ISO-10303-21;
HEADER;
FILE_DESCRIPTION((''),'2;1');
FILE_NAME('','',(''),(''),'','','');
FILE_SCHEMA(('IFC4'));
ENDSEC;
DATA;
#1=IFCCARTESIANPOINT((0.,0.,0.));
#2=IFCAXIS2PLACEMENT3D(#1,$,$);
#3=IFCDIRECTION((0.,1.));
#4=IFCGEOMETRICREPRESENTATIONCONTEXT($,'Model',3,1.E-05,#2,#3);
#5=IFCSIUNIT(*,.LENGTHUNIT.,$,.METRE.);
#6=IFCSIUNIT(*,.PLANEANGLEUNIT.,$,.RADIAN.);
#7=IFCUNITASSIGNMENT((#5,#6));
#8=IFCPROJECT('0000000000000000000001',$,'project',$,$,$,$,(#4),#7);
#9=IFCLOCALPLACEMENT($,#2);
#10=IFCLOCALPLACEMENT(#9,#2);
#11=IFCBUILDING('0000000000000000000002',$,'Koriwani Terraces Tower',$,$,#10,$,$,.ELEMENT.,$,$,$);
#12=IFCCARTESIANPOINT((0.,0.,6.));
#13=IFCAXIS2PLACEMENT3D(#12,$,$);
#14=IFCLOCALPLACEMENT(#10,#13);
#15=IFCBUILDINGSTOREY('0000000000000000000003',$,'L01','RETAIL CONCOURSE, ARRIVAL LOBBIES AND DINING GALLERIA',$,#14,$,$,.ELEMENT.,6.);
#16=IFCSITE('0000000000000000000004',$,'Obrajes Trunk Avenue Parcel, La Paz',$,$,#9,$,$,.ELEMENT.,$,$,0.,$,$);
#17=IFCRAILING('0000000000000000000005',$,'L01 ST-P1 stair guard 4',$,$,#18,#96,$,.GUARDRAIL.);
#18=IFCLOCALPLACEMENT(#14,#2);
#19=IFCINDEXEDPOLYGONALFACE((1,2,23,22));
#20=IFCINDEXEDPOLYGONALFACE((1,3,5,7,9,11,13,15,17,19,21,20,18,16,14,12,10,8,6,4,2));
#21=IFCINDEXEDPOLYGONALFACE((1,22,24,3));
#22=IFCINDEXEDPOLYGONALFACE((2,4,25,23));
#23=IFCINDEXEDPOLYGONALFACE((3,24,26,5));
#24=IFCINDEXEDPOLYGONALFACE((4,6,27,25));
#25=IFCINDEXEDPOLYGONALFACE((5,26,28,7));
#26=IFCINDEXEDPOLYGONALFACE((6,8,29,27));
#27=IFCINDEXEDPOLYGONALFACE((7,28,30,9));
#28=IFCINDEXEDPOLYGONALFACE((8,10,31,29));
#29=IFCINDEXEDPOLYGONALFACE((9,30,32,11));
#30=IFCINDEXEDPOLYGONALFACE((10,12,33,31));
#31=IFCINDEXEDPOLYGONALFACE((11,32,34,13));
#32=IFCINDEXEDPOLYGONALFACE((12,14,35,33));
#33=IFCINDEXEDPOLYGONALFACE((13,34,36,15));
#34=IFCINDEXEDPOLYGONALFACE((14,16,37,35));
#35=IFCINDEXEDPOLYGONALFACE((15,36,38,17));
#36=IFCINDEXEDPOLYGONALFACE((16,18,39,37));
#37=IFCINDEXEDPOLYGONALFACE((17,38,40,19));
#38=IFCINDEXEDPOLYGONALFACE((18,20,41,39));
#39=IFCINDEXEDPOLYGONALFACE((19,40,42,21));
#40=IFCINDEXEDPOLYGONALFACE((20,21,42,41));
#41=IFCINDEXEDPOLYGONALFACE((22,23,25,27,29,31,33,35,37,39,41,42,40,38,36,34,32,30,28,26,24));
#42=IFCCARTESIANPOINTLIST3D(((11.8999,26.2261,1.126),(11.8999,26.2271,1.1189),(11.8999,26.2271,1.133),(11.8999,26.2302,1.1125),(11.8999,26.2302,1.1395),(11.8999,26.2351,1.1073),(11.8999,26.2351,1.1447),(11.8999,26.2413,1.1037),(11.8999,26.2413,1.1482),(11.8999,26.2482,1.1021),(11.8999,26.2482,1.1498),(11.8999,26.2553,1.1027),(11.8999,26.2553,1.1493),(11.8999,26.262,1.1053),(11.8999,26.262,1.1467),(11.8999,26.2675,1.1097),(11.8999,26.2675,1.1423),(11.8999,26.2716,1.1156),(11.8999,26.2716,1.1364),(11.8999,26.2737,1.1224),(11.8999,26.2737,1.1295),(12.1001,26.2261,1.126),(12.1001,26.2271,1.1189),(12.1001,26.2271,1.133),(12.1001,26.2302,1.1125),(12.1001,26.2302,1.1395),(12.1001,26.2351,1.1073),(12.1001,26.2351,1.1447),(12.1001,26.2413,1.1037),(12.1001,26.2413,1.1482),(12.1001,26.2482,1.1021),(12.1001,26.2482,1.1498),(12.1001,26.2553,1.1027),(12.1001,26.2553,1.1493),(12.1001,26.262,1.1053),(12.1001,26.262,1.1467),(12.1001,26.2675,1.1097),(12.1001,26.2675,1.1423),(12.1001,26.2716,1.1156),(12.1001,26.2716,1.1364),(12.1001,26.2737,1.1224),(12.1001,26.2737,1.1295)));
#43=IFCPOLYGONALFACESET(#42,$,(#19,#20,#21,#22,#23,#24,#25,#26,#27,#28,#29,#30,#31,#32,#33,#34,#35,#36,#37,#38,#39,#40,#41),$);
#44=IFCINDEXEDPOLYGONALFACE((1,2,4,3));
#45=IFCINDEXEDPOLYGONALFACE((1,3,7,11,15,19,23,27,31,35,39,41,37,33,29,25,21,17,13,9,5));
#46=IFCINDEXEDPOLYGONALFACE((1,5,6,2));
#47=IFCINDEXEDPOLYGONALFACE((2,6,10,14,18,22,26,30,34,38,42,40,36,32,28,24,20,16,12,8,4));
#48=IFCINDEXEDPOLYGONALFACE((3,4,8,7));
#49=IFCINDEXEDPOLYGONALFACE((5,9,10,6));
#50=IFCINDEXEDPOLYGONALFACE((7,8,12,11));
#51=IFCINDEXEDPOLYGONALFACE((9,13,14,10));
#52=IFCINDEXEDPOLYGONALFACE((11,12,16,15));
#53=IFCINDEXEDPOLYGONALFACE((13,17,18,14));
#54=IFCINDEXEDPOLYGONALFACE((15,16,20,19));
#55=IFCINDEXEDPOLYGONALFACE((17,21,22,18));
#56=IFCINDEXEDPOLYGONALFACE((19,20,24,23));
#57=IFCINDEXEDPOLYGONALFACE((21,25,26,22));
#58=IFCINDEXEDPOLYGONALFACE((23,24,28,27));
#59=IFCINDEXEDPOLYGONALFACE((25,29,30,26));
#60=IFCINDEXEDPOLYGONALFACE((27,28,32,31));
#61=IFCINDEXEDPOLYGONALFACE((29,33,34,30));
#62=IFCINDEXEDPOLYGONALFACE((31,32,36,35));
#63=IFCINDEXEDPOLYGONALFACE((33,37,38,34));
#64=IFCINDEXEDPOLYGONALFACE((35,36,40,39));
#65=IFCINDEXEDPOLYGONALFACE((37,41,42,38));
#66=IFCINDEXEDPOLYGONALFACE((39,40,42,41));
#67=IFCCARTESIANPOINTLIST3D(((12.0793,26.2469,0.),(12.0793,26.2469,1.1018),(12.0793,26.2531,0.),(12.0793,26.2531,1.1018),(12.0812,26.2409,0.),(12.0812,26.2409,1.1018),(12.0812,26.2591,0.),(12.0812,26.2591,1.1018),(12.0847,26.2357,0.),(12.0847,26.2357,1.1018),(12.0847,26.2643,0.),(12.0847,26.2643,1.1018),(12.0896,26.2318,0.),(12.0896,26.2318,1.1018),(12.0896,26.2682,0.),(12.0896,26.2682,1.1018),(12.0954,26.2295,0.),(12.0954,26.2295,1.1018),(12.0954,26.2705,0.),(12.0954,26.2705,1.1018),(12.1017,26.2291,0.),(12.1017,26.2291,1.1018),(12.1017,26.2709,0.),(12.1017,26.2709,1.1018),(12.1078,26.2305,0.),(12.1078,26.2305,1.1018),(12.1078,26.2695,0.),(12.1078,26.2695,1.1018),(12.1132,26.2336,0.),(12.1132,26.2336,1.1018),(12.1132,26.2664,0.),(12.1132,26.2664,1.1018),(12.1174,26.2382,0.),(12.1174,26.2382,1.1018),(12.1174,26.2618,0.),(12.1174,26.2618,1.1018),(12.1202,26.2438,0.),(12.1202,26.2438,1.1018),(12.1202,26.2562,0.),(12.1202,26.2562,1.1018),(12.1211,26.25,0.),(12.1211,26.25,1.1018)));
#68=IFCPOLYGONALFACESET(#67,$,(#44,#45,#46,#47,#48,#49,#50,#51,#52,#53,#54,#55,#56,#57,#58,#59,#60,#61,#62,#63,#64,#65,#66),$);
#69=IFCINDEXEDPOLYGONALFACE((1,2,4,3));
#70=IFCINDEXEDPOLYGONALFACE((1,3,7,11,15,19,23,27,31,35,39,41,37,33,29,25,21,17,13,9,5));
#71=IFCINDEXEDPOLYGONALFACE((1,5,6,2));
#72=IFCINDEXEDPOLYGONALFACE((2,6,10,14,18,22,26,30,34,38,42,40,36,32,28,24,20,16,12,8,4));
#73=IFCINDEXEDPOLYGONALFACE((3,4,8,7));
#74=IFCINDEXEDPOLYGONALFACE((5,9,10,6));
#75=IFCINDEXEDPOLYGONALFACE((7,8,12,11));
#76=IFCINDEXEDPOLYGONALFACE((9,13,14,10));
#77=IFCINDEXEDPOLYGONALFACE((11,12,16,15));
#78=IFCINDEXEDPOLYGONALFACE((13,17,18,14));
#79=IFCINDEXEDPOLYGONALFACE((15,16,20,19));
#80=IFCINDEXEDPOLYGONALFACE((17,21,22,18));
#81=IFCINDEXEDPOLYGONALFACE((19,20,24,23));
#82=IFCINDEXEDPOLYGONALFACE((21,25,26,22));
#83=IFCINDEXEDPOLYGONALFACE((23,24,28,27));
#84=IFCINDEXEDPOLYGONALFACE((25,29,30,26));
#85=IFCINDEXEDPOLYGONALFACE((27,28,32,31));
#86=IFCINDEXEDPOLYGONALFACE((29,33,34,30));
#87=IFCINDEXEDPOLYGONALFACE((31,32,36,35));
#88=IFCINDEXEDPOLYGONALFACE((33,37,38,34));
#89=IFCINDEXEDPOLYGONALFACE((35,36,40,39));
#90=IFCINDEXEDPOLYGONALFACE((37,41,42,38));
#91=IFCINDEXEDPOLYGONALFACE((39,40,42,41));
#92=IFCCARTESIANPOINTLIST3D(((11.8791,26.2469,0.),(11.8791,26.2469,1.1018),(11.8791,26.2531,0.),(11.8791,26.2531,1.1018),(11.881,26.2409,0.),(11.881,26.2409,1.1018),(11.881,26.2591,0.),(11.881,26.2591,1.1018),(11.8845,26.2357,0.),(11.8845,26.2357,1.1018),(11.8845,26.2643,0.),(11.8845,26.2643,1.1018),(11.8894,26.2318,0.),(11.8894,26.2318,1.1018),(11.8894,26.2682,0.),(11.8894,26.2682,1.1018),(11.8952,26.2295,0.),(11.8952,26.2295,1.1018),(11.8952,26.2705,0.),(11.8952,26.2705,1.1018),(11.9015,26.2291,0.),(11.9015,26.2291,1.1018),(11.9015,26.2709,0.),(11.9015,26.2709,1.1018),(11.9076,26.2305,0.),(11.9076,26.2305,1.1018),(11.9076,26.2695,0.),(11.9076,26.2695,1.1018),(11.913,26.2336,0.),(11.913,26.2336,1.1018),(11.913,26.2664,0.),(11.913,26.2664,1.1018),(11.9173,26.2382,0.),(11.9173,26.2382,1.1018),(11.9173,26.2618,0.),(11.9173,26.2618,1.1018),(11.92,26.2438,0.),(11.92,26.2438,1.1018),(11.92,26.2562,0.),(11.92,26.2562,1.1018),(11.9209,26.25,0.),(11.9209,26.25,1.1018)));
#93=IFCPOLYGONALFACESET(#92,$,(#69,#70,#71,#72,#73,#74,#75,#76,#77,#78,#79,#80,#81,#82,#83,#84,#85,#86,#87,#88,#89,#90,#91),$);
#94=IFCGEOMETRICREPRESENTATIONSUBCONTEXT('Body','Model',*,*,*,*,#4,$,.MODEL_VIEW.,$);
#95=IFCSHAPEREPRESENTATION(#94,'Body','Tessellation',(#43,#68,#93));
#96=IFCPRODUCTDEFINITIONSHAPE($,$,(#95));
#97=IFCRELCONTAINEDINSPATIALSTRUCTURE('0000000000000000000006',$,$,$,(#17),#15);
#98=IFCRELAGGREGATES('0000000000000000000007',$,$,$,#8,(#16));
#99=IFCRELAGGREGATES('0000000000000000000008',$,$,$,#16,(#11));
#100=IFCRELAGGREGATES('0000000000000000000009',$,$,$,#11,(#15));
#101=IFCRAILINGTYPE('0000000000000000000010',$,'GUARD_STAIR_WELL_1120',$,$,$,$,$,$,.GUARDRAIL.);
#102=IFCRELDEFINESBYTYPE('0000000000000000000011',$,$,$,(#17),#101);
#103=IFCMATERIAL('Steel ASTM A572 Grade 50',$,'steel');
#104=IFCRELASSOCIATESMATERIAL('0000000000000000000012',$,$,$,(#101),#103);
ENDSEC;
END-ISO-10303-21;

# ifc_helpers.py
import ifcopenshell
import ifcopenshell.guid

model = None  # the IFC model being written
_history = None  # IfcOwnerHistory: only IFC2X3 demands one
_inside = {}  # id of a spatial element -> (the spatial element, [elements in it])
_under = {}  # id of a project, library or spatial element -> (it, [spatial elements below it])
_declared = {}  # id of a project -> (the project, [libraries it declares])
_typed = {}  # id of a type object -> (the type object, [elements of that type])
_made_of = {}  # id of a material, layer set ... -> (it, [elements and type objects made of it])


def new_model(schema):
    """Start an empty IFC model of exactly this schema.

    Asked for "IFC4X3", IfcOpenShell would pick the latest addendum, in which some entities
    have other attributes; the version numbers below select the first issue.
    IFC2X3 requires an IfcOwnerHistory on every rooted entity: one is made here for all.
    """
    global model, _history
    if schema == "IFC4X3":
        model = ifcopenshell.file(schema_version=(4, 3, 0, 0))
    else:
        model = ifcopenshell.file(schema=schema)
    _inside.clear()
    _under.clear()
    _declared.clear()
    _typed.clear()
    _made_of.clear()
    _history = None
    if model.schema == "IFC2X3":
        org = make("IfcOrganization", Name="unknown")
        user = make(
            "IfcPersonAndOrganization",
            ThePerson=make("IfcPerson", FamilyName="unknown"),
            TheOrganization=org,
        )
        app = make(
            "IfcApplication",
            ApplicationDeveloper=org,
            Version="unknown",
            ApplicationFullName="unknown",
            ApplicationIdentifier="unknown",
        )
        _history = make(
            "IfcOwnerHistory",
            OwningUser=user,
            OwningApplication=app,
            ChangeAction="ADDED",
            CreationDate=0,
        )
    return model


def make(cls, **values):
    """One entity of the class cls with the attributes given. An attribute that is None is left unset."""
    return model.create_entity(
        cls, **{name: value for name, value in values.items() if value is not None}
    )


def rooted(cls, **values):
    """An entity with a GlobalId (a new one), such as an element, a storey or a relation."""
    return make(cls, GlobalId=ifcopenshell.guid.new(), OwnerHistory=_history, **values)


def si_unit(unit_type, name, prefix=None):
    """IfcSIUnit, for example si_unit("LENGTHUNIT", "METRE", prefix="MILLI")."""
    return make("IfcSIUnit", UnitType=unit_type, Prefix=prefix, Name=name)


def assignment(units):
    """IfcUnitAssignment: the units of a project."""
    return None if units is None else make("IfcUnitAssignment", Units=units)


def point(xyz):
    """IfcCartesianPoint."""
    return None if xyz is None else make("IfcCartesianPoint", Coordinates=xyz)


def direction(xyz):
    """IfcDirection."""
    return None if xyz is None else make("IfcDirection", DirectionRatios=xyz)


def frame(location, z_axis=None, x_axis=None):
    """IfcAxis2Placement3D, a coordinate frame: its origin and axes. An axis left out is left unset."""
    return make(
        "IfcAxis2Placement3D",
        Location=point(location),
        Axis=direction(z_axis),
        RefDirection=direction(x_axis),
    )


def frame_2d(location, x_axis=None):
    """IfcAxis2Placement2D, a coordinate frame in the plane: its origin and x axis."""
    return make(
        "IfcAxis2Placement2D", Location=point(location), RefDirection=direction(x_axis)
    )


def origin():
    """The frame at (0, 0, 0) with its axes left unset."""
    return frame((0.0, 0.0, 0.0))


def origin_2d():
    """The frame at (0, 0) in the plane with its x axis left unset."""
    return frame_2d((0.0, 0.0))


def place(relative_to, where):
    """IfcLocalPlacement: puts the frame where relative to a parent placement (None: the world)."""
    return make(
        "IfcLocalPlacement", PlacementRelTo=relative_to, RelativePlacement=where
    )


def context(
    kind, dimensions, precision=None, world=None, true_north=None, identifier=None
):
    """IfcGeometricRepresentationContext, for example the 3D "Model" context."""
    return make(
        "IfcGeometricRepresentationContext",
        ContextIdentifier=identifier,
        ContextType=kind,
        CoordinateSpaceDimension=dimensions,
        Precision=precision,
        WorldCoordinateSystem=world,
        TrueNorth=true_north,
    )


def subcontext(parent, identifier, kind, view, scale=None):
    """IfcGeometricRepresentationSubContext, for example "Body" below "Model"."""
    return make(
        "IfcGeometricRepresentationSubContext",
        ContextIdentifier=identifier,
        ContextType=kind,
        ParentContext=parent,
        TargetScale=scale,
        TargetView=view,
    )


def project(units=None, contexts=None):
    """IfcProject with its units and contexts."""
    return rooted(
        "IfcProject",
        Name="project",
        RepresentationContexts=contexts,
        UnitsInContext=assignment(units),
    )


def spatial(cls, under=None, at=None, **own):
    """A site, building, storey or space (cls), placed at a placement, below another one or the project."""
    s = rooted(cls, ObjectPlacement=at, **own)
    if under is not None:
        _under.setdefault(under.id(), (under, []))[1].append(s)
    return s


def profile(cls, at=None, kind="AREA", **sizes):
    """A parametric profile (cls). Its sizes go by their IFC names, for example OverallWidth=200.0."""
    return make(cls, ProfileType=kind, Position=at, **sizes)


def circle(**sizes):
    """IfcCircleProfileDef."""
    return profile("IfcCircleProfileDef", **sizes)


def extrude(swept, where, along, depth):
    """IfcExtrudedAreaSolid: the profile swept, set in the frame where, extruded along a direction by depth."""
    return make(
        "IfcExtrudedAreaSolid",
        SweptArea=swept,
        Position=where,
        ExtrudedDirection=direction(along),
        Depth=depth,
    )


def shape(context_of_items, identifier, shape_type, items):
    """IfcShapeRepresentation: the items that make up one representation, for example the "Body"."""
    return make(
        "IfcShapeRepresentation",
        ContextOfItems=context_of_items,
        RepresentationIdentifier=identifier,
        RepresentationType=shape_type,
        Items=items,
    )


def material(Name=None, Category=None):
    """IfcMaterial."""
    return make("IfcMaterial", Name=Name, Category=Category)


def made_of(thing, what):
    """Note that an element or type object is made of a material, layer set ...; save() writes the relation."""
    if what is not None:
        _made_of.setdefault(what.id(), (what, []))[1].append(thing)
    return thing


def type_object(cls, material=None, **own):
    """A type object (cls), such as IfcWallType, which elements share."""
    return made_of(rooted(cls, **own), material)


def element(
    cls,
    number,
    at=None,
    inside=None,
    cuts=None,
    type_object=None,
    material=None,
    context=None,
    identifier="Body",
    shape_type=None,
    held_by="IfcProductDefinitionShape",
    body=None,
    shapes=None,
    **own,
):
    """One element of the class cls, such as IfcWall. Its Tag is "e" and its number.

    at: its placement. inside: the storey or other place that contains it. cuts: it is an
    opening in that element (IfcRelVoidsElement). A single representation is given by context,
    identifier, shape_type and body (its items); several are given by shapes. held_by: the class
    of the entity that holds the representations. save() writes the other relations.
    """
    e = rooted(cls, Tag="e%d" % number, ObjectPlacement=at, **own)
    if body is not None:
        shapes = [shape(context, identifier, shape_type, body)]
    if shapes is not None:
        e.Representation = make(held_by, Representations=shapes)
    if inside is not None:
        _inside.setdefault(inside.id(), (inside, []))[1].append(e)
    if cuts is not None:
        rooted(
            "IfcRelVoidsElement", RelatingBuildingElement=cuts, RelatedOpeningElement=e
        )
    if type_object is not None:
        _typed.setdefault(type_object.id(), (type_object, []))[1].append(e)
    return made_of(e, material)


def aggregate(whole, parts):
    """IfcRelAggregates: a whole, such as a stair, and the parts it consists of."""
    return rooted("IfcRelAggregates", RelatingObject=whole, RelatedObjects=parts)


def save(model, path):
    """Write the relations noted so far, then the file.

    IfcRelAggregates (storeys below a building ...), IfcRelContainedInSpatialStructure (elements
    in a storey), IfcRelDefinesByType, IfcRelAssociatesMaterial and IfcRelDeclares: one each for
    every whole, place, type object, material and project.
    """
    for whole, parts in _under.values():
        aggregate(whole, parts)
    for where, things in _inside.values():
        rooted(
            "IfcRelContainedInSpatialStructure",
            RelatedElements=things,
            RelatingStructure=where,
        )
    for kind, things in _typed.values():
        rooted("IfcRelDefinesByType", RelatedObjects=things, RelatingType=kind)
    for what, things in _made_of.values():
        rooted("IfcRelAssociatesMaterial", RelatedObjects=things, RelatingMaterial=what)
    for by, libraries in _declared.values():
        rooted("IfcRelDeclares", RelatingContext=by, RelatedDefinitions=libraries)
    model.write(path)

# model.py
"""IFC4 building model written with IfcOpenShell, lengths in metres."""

from ifc_helpers import new_model, si_unit, direction, frame, origin, origin_2d, place, context, subcontext, project, spatial, circle, extrude, material, type_object, element, save


model = new_model("IFC4")

# Units and contexts
model_context = context("Model", 3, precision=1e-05, world=origin(), true_north=direction((0.0, 1.0)))
body_context = subcontext(model_context, "Body", "Model", "MODEL_VIEW")
ifc_project = project(units=[si_unit("LENGTHUNIT", "METRE"), si_unit("PLANEANGLEUNIT", "RADIAN")], contexts=[model_context])

# Site, building, storey
site_placement = place(None, origin())
site = spatial("IfcSite", under=ifc_project, at=site_placement, Name="Obrajes Trunk Avenue Parcel, La Paz", CompositionType="ELEMENT", RefElevation=0.0)
building_placement = place(site_placement, origin())
building = spatial("IfcBuilding", under=site, at=building_placement, Name="Koriwani Terraces Tower", CompositionType="ELEMENT")
storey_placement = place(building_placement, frame((0.0, 0.0, 6.0)))
storey = spatial("IfcBuildingStorey", under=building, at=storey_placement, Name="L01", Description="RETAIL CONCOURSE, ARRIVAL LOBBIES AND DINING GALLERIA", CompositionType="ELEMENT", Elevation=6.0)

# Shared definitions
ifc_material_1 = material(Name="Steel ASTM A572 Grade 50", Category="steel")

# Railing
railing_type_1 = type_object("IfcRailingType", Name="GUARD_STAIR_WELL_1120", PredefinedType="GUARDRAIL", material=ifc_material_1)
railing_1_placement = place(storey_placement, frame((12.1001, 26.25, 0.0)))
element("IfcRailing", 1, at=railing_1_placement, inside=storey, type_object=railing_type_1, Name="L01 ST-P1 stair guard 4", PredefinedType="GUARDRAIL", context=body_context, shape_type="SweptSolid", body=[
    extrude(circle(Radius=0.0239, at=origin_2d()), frame((0.0, 0.0, 1.126), z_axis=(-1.0, 0.0, 0.0), x_axis=(0.0, -1.0, 0.0)), (0.0, 0.0, 1.0), 0.2002),
    extrude(circle(Radius=0.021, at=origin_2d()), origin(), (0.0, 0.0, 1.0), 1.1018),
    extrude(circle(Radius=0.021, at=origin_2d()), frame((-0.2002, 0.0, 0.0)), (0.0, 0.0, 1.0), 1.1018),
])

save(model, "model.ifc")
